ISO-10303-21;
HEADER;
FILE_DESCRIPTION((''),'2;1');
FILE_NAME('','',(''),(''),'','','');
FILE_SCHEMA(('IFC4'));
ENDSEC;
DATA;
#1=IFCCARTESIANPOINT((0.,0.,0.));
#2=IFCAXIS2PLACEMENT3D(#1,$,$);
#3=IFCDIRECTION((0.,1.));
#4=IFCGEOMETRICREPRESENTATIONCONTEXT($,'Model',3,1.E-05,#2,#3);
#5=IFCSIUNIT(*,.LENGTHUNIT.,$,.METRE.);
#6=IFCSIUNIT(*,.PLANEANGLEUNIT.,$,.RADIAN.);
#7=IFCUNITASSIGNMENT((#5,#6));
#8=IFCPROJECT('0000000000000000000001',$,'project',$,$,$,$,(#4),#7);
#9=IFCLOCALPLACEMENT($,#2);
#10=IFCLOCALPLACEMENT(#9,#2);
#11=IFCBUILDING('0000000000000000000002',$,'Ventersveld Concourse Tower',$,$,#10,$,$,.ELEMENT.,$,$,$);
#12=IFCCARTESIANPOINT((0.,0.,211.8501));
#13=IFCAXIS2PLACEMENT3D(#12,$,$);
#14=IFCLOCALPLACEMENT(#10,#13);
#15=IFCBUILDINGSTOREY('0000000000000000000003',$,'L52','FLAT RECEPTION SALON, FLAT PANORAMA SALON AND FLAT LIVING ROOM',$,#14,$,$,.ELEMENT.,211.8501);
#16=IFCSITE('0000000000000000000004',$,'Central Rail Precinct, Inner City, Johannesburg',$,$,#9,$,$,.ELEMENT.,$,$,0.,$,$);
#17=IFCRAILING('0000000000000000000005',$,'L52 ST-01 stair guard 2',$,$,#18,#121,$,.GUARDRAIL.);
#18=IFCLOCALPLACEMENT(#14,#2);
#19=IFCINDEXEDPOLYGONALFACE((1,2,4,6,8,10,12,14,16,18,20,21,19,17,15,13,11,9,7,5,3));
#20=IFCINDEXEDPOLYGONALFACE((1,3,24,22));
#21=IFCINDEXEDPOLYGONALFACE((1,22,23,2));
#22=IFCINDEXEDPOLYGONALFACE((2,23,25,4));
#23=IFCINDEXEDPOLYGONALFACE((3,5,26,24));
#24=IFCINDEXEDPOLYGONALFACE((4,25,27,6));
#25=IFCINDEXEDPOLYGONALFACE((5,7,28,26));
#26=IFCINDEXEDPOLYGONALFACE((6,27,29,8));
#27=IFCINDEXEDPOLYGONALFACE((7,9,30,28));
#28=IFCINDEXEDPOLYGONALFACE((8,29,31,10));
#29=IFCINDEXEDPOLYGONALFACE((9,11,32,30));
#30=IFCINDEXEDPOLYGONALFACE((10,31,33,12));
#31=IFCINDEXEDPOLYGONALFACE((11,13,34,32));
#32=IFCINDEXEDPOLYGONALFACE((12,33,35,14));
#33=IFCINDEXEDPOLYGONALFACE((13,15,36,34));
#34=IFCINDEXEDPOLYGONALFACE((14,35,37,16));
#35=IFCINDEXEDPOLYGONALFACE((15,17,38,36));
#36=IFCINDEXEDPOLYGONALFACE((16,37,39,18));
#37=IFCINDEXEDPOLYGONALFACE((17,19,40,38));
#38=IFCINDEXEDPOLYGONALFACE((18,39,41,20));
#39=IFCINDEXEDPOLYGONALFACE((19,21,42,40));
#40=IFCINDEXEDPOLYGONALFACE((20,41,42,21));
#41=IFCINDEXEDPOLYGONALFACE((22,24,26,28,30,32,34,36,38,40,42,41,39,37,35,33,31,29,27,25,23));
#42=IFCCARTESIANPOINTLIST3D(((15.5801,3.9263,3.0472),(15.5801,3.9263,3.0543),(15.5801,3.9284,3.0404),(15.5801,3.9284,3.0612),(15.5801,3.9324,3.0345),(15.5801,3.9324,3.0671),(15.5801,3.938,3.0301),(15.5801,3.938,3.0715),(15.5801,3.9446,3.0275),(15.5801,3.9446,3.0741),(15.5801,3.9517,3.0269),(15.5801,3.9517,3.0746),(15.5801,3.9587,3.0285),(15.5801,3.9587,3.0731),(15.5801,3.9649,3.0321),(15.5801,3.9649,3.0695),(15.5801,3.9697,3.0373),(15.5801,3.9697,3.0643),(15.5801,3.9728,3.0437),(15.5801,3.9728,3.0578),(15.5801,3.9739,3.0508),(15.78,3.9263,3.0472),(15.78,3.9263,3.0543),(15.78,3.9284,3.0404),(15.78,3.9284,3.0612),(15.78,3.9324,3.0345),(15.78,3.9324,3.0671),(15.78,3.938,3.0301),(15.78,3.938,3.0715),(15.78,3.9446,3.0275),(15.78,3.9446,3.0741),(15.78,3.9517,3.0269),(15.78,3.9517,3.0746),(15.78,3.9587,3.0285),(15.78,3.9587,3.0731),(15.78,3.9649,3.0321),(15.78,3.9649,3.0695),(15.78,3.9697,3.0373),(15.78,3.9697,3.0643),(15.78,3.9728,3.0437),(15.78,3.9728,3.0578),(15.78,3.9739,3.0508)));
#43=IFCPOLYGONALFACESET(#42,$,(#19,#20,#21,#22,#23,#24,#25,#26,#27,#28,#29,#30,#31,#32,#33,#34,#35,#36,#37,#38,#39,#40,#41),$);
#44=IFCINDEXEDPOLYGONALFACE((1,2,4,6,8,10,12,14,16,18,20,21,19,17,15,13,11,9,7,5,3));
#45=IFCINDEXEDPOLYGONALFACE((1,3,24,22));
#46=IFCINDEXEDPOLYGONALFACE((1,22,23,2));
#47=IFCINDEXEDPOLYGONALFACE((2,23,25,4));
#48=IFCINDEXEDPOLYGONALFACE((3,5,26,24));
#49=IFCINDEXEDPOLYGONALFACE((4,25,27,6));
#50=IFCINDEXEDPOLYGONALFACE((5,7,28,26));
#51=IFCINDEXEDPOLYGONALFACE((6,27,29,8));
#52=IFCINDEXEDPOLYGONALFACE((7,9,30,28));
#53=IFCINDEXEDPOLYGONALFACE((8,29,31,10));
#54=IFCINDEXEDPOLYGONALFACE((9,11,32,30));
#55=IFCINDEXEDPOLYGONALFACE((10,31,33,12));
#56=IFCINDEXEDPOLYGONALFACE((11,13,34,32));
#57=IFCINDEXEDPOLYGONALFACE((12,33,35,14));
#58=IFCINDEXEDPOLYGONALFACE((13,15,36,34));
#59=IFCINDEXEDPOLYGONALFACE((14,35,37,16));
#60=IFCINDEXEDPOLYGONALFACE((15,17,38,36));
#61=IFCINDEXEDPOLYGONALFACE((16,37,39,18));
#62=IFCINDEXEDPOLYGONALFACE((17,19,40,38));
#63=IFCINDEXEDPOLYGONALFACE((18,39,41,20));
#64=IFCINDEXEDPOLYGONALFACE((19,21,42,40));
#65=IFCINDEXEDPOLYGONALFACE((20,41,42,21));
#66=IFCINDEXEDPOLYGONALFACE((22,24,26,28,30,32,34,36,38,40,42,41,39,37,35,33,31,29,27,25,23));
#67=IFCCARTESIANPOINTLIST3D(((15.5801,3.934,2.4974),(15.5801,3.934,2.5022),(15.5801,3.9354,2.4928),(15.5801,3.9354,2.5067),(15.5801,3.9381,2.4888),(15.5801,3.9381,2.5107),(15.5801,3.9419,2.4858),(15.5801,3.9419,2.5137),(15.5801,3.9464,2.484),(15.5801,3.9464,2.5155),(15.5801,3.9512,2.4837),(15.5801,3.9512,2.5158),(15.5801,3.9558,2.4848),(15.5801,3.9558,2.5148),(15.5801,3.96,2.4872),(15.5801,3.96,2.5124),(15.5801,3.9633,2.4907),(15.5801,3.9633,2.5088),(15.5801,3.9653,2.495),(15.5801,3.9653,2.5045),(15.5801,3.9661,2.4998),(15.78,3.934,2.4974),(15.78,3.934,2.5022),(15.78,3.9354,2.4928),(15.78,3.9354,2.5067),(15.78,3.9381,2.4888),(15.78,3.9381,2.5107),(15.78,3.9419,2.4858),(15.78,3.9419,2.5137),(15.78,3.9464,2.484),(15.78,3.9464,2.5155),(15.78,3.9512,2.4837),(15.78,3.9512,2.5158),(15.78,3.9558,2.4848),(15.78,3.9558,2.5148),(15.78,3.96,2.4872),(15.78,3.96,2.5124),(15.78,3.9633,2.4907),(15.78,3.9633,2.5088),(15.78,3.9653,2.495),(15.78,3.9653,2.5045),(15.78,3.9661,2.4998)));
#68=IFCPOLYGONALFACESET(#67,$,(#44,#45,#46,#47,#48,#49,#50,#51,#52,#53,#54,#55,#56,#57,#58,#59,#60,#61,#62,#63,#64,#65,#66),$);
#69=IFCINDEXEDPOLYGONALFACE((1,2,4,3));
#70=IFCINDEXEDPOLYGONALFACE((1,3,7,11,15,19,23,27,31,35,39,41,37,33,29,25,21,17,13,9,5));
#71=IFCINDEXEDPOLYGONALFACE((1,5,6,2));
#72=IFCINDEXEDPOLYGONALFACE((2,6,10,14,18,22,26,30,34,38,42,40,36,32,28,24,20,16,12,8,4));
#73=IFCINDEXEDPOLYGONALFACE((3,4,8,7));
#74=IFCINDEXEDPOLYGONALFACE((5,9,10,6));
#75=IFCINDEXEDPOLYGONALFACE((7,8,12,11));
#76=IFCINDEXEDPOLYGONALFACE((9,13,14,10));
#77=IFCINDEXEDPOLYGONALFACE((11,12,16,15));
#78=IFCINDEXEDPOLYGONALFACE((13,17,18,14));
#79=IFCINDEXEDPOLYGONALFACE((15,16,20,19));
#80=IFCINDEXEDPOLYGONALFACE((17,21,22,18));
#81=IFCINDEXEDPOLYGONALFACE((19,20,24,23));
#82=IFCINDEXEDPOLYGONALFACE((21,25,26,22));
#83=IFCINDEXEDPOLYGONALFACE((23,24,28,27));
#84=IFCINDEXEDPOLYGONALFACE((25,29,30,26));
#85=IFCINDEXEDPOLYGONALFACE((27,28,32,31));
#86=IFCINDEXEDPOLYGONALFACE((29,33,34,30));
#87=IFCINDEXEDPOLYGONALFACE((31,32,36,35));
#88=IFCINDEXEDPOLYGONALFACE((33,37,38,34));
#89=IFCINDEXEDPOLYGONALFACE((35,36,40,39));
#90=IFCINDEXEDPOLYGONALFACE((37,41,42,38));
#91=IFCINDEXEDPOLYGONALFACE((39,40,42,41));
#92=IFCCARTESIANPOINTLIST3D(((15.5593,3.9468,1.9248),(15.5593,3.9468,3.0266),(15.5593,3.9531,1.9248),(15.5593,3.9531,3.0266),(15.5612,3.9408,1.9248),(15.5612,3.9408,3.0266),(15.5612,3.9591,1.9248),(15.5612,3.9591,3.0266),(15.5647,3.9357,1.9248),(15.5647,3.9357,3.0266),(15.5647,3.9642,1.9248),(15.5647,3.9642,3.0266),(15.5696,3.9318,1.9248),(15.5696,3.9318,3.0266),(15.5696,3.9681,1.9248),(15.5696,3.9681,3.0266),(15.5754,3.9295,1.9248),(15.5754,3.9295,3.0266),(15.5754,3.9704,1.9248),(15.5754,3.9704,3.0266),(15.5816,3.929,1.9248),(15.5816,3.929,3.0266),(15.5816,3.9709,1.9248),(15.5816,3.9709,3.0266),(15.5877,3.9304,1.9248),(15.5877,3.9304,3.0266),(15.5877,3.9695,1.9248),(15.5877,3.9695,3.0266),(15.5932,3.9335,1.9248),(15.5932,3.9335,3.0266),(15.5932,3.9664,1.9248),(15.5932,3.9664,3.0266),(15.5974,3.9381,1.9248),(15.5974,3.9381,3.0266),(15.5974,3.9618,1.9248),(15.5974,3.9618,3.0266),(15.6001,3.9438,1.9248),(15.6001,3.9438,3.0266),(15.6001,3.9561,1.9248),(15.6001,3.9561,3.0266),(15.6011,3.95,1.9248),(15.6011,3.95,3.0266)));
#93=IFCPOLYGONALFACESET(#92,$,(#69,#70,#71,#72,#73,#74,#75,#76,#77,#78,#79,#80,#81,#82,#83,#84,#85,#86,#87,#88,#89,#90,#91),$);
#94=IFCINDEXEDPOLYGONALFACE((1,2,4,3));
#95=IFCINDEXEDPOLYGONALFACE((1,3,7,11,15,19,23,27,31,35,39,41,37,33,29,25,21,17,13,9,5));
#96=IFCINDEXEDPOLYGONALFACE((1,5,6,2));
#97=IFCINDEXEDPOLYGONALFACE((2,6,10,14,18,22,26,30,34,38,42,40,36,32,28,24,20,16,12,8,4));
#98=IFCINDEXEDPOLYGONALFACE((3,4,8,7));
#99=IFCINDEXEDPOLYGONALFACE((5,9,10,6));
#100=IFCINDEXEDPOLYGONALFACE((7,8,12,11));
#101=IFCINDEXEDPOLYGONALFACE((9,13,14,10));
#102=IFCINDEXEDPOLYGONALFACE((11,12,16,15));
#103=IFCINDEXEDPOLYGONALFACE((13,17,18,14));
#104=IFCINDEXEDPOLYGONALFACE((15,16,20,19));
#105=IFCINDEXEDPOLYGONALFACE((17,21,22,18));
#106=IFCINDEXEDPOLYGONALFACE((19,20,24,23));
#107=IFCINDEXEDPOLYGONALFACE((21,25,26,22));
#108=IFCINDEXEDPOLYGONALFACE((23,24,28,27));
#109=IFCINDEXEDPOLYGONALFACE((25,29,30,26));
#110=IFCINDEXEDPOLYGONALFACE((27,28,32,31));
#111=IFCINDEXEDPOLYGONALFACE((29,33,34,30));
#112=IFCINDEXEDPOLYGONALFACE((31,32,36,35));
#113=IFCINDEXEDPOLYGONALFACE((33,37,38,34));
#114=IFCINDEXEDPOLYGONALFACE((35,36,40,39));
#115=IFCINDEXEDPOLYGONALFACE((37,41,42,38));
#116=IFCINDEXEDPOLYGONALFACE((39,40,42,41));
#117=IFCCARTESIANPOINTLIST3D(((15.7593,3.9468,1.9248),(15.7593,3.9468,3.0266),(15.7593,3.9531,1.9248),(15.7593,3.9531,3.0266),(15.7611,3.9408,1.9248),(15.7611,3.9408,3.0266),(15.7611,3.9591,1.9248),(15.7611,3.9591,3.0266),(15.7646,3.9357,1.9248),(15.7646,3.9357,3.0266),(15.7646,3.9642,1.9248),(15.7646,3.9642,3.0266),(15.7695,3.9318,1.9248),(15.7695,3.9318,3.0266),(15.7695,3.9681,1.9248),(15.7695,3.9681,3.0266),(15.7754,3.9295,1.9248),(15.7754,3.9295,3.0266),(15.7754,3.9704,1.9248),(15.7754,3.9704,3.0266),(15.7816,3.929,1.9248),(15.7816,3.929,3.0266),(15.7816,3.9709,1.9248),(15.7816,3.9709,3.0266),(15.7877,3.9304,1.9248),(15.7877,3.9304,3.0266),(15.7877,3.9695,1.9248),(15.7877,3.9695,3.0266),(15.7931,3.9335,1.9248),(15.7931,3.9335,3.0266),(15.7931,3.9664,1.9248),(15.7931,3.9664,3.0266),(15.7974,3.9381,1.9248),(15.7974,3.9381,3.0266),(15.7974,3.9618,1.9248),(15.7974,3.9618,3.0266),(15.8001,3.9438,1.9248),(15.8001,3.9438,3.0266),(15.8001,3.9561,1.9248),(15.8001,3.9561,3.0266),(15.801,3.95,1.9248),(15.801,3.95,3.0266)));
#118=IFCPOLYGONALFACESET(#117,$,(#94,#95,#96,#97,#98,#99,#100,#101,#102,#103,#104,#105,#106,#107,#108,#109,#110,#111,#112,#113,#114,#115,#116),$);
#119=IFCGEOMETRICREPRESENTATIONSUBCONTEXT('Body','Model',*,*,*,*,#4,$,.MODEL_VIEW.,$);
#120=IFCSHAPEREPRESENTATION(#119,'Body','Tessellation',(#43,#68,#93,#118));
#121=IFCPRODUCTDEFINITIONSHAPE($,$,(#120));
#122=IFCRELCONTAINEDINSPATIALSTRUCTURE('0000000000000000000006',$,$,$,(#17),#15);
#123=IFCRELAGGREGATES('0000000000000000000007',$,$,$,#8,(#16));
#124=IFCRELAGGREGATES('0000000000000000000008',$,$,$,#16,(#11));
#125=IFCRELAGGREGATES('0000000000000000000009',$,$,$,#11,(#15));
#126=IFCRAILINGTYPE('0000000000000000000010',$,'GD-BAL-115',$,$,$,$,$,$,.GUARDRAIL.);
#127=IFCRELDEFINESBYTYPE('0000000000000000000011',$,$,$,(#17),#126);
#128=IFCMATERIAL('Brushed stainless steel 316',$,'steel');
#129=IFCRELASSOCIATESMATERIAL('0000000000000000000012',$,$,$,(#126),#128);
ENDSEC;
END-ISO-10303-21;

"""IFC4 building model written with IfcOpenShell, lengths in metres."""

from ifc_helpers import new_model, si_unit, direction, frame, origin, origin_2d, place, context, subcontext, project, spatial, circle, extrude, material, type_object, element, save


model = new_model("IFC4")

# Units and contexts
model_context = context("Model", 3, precision=1e-05, world=origin(), true_north=direction((0.0, 1.0)))
body_context = subcontext(model_context, "Body", "Model", "MODEL_VIEW")
ifc_project = project(units=[si_unit("LENGTHUNIT", "METRE"), si_unit("PLANEANGLEUNIT", "RADIAN")], contexts=[model_context])

# Site, building, storey
site_placement = place(None, origin())
site = spatial("IfcSite", under=ifc_project, at=site_placement, Name="Central Rail Precinct, Inner City, Johannesburg", CompositionType="ELEMENT", RefElevation=0.0)
building_placement = place(site_placement, origin())
building = spatial("IfcBuilding", under=site, at=building_placement, Name="Ventersveld Concourse Tower", CompositionType="ELEMENT")
storey_placement = place(building_placement, frame((0.0, 0.0, 211.8501)))
storey = spatial("IfcBuildingStorey", under=building, at=storey_placement, Name="L52", Description="FLAT RECEPTION SALON, FLAT PANORAMA SALON AND FLAT LIVING ROOM", CompositionType="ELEMENT", Elevation=211.8501)

# Shared definitions
ifc_material_1 = material(Name="Brushed stainless steel 316", Category="steel")

# Railing
railing_type_1 = type_object("IfcRailingType", Name="GD-BAL-115", PredefinedType="GUARDRAIL", material=ifc_material_1)
railing_1_placement = place(storey_placement, frame((15.5801, 3.95, 1.9248)))
element("IfcRailing", 1, at=railing_1_placement, inside=storey, type_object=railing_type_1, Name="L52 ST-01 stair guard 2", PredefinedType="GUARDRAIL", context=body_context, shape_type="SweptSolid", body=[
    extrude(circle(Radius=0.0239, at=origin_2d()), frame((0.0, 0.0, 1.126), z_axis=(1.0, 0.0, 0.0), x_axis=(0.0, 1.0, 0.0)), (0.0, 0.0, 1.0), 0.2),
    extrude(circle(Radius=0.0161, at=origin_2d()), frame((0.0, 0.0, 0.575), z_axis=(1.0, 0.0, 0.0), x_axis=(0.0, 1.0, 0.0)), (0.0, 0.0, 1.0), 0.2),
    extrude(circle(Radius=0.021, at=origin_2d()), origin(), (0.0, 0.0, 1.0), 1.1018),
    extrude(circle(Radius=0.021, at=origin_2d()), frame((0.2, 0.0, 0.0)), (0.0, 0.0, 1.0), 1.1018),
])

save(model, "model.ifc")
